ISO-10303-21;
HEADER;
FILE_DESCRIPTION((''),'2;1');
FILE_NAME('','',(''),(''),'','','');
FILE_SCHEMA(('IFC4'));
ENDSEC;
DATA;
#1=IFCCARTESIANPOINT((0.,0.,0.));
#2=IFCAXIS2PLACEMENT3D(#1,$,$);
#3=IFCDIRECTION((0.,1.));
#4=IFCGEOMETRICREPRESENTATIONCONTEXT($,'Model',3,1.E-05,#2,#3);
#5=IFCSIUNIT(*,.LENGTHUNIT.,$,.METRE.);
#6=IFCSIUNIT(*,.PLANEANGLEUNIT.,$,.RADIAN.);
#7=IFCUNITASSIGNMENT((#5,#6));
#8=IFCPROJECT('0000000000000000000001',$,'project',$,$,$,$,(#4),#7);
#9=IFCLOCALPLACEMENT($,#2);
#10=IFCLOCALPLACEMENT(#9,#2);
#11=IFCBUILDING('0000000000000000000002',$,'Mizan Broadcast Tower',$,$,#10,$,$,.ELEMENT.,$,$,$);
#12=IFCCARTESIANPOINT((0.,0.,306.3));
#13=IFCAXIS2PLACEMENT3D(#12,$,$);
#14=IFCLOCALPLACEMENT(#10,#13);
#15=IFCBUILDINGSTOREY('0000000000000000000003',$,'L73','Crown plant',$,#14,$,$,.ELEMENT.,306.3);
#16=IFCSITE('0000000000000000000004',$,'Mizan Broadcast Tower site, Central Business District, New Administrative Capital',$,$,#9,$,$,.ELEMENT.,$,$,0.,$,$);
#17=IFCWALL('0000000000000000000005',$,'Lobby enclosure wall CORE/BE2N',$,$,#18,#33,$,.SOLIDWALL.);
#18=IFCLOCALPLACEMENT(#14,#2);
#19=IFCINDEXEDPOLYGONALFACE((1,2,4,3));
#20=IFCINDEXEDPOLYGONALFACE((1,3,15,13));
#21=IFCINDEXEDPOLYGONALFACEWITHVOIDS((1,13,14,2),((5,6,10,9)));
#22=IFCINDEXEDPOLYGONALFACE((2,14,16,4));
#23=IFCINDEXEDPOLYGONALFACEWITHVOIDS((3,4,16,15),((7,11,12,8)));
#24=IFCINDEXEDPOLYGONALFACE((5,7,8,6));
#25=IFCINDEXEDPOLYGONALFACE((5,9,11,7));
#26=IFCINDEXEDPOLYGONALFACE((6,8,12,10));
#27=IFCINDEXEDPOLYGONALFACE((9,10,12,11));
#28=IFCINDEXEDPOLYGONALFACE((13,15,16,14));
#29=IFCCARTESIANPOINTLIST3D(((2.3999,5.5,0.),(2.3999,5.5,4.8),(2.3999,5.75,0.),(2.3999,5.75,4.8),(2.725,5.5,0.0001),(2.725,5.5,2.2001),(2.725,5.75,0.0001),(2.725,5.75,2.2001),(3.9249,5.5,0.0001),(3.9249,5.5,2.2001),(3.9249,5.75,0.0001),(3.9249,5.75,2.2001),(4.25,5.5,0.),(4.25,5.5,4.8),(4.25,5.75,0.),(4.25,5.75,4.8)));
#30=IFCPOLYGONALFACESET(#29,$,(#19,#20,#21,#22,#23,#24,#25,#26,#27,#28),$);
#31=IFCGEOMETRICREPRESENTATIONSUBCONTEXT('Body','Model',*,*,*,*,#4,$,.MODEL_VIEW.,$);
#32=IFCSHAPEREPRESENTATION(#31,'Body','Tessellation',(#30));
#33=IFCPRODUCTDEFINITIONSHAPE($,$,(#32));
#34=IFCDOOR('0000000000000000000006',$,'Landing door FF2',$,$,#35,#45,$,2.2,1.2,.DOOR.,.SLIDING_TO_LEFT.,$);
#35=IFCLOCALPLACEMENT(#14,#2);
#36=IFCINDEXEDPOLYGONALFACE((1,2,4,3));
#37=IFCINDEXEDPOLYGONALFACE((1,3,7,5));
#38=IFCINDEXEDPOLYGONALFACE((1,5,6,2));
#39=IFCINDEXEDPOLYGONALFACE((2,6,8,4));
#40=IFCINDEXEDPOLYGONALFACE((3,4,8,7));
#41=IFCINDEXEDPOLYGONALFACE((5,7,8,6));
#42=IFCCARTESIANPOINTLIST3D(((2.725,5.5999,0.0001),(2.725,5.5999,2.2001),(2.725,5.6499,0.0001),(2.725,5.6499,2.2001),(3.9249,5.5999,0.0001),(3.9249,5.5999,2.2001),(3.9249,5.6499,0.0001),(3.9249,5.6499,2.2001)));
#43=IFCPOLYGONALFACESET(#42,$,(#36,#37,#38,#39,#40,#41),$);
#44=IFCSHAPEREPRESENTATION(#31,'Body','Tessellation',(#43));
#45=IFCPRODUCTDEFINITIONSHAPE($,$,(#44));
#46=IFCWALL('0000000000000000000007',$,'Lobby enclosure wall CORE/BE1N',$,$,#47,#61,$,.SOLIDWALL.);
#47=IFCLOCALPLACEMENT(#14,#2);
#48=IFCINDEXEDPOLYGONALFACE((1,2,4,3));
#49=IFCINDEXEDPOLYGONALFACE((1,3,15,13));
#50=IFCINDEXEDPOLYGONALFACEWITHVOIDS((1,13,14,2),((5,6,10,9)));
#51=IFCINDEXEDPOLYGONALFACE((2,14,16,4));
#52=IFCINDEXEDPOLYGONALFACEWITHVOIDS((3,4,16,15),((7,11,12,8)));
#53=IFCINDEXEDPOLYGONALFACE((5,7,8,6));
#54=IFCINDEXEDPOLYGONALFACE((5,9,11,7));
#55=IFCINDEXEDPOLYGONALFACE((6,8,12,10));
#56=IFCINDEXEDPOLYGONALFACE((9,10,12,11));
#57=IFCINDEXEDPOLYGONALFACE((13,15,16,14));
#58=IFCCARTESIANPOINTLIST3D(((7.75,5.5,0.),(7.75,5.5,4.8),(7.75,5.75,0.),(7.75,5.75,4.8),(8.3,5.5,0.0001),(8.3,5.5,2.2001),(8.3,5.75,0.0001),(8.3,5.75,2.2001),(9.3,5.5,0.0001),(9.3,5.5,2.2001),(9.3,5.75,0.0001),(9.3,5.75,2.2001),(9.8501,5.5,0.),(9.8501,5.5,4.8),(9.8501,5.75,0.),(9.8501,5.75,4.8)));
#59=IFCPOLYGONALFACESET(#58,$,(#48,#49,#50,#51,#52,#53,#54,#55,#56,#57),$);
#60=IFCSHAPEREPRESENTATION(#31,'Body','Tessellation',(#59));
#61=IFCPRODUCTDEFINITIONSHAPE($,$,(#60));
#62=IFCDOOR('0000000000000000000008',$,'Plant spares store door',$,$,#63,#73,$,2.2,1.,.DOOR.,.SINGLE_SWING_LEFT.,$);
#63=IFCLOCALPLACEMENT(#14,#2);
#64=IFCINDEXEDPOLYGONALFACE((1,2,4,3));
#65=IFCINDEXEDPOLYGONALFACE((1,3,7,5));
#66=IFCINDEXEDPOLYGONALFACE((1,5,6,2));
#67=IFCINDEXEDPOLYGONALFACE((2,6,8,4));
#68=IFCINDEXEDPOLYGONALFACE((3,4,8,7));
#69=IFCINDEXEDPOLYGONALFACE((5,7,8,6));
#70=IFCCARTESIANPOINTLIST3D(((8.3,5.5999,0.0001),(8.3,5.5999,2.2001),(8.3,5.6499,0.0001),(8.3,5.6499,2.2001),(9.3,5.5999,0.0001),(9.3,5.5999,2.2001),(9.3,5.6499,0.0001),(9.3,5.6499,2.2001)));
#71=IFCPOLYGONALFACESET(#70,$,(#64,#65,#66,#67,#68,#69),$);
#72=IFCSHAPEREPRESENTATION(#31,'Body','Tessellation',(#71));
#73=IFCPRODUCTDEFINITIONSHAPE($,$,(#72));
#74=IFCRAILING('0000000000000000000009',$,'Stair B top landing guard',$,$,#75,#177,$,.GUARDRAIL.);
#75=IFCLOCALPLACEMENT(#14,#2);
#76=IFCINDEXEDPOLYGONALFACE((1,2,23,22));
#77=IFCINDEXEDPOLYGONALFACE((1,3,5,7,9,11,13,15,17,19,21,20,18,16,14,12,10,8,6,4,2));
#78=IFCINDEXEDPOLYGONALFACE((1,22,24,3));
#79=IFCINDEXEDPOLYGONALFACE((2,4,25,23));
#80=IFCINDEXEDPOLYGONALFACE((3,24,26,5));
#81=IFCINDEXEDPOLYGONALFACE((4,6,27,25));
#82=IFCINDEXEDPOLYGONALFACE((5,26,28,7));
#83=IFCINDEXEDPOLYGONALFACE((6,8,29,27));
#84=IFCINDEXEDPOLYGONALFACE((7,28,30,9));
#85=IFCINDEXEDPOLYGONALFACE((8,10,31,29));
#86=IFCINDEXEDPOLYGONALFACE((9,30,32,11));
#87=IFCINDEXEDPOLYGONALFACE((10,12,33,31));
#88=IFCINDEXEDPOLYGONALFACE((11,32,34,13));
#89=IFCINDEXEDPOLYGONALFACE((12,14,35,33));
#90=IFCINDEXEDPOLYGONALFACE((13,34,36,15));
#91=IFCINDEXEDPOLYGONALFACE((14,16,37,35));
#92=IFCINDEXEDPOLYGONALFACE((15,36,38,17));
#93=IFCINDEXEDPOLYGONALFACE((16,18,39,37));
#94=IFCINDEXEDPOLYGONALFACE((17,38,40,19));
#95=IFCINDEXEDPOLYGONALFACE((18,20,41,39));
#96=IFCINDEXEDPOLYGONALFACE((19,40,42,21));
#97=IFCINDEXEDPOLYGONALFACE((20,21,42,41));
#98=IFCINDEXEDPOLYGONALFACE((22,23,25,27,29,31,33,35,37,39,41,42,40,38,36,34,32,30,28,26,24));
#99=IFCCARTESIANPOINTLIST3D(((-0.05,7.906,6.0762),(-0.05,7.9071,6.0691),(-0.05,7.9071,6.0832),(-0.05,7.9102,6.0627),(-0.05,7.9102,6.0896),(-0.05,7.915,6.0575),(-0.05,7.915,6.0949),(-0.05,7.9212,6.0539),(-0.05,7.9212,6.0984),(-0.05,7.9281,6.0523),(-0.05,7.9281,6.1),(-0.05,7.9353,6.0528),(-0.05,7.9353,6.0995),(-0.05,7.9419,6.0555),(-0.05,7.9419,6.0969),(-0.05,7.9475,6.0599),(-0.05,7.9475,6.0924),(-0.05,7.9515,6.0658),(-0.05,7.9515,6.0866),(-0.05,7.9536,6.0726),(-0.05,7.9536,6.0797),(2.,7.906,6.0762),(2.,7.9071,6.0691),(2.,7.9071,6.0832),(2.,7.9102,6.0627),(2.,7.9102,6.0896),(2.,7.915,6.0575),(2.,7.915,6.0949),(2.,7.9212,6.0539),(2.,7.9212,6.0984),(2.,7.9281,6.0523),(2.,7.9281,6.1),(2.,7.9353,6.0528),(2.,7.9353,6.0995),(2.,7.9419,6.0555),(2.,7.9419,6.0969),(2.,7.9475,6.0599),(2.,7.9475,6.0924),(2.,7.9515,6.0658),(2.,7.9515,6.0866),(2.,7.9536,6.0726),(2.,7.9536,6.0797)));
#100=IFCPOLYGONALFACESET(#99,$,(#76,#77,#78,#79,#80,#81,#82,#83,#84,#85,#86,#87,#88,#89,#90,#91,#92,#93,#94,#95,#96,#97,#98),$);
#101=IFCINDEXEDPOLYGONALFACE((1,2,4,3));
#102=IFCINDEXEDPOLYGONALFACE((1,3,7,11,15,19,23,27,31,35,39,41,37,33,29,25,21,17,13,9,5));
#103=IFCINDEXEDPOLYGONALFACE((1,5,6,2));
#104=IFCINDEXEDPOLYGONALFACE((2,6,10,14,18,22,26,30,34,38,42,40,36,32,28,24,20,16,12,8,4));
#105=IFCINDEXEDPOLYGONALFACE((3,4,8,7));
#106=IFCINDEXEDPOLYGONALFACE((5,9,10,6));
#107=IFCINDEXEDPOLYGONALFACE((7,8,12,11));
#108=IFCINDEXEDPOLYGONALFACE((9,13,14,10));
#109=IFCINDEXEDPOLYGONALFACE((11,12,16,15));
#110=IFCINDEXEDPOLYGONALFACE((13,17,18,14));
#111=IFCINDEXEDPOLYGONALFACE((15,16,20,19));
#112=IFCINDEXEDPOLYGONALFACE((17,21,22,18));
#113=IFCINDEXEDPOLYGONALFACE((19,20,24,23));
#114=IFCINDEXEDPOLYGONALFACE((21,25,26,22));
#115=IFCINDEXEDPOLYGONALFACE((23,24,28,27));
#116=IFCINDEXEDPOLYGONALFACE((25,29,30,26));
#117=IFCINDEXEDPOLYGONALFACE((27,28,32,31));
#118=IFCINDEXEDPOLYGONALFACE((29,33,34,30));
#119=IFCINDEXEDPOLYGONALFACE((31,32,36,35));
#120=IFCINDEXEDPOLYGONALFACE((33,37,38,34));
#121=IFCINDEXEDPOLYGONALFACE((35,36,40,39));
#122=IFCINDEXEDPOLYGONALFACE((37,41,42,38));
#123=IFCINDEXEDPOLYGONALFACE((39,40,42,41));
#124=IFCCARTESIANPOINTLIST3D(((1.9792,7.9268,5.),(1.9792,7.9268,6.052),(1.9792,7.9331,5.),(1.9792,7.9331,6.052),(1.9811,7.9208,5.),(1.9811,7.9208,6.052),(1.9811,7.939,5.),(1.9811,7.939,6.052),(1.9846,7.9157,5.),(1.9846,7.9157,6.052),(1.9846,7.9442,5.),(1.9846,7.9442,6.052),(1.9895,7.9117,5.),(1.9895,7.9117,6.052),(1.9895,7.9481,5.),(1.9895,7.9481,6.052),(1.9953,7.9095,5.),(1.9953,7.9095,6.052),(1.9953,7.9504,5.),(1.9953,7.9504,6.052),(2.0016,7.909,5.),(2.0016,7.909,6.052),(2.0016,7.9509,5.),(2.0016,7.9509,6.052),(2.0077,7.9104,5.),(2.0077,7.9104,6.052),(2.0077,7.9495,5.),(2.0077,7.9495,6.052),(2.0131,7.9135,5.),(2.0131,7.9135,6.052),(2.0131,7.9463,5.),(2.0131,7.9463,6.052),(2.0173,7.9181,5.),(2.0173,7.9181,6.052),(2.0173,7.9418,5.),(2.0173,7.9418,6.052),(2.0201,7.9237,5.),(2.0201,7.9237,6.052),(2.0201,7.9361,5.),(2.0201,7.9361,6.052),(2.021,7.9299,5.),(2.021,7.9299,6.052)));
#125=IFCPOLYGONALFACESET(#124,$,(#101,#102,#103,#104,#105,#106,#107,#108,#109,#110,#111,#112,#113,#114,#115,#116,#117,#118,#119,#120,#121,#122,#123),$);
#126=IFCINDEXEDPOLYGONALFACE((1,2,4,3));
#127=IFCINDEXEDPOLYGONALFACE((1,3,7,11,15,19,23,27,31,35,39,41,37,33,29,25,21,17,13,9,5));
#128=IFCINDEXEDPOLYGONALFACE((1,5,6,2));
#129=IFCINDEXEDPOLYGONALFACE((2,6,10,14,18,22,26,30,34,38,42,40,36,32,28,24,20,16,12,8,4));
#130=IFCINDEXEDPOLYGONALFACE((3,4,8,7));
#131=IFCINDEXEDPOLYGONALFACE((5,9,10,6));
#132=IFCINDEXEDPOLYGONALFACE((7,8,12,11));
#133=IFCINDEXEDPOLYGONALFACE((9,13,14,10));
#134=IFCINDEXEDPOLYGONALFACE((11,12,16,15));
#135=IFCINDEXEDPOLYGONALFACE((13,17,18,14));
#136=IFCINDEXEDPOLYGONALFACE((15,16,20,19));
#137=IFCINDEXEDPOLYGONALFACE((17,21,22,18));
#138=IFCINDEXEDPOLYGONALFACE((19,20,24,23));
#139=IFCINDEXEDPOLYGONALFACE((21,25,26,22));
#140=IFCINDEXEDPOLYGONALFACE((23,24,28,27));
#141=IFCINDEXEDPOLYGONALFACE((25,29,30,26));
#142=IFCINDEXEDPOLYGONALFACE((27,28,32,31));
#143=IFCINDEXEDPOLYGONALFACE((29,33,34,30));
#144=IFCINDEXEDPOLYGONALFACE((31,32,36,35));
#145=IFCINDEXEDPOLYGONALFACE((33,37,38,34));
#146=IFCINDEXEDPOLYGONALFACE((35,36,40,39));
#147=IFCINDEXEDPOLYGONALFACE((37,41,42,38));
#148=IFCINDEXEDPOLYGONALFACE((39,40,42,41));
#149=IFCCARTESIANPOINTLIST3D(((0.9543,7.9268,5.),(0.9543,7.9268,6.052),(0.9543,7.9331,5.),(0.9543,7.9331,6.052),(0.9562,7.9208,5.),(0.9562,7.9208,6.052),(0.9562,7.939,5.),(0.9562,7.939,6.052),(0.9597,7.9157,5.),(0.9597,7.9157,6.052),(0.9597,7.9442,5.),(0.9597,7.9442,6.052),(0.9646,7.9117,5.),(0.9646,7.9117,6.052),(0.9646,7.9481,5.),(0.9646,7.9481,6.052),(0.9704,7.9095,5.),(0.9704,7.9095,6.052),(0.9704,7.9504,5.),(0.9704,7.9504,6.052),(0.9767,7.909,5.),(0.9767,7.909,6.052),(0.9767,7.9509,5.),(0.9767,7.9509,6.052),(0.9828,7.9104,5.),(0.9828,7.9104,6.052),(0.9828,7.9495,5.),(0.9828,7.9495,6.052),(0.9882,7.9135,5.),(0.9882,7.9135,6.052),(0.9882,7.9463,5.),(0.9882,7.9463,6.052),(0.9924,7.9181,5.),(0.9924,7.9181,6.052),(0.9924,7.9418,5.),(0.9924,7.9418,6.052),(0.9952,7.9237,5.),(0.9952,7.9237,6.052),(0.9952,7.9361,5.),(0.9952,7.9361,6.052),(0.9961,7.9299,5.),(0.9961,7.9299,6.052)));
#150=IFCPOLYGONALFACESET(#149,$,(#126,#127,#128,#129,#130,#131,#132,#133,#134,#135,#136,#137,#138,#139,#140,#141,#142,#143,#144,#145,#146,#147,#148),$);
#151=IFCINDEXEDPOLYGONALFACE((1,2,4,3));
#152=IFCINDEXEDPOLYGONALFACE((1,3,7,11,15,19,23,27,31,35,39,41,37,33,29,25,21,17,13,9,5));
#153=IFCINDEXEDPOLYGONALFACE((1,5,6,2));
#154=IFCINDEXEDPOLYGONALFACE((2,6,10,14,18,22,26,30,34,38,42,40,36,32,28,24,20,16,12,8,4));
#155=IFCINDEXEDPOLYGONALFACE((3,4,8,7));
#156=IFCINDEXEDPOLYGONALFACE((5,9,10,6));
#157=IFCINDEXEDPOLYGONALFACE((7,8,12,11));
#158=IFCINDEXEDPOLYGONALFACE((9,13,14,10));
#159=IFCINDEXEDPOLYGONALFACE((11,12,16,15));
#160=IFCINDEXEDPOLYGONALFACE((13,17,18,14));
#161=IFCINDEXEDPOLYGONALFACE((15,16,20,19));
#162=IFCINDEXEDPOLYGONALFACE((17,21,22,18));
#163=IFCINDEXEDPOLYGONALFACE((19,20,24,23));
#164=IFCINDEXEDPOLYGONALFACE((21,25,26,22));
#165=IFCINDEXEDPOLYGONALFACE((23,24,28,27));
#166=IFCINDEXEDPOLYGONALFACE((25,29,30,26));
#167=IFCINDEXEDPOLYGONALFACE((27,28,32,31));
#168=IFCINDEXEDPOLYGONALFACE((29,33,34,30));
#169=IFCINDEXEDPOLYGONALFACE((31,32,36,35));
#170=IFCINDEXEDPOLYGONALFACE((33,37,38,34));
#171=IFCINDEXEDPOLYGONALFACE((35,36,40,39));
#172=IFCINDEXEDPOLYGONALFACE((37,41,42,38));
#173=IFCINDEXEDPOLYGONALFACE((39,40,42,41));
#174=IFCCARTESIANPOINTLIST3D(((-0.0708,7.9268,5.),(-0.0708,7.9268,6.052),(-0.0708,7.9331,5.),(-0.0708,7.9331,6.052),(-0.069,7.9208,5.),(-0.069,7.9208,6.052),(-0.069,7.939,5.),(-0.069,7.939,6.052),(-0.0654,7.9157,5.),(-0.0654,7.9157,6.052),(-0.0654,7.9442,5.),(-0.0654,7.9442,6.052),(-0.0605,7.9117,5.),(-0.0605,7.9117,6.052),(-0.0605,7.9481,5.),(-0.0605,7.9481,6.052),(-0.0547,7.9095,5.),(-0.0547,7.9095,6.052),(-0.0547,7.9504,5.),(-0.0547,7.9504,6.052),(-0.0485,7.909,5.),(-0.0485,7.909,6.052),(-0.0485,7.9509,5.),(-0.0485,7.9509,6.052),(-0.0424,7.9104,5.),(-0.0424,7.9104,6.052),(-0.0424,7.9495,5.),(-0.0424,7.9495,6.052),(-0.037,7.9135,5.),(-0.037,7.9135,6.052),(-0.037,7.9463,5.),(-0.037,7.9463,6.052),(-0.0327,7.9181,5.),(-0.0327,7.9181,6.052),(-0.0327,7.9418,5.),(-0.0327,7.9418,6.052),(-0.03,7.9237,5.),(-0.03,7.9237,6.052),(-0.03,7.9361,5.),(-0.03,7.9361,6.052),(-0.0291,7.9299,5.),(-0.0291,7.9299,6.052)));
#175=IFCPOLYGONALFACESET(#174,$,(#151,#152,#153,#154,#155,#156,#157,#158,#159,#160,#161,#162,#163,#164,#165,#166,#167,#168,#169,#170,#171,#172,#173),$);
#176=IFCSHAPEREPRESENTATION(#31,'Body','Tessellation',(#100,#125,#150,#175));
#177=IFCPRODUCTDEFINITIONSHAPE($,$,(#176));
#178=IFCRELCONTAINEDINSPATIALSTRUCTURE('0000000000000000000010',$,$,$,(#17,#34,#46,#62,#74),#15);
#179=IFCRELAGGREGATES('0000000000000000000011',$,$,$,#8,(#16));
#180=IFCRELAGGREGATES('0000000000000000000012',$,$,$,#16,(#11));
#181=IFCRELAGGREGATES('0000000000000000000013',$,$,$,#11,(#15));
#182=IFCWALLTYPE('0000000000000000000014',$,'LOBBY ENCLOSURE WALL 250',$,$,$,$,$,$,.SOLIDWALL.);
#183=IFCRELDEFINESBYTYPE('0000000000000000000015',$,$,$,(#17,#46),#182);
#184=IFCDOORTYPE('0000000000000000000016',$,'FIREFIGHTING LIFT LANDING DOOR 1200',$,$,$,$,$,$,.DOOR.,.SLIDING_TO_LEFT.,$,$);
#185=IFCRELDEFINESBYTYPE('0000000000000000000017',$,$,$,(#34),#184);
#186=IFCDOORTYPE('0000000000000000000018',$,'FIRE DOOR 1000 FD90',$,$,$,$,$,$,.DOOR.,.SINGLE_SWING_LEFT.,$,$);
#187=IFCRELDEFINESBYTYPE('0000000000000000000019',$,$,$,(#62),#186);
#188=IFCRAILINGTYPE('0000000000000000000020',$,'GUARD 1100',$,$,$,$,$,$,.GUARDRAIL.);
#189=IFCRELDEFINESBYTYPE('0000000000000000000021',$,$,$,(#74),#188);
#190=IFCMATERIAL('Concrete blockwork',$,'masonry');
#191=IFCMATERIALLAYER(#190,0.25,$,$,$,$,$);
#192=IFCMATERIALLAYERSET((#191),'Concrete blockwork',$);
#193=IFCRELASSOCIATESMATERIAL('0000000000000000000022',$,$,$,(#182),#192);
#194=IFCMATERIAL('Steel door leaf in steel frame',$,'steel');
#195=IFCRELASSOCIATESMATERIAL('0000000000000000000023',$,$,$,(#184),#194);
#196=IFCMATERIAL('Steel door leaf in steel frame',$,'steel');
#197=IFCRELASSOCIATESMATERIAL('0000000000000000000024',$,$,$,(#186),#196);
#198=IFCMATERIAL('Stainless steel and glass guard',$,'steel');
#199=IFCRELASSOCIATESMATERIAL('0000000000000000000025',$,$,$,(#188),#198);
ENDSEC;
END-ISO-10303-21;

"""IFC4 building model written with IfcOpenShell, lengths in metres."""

from ifc_helpers import new_model, si_unit, direction, frame, frame_2d, origin, origin_2d, place, context, subcontext, project, spatial, rectangle, circle, extrude, material, layer, layer_set, type_object, element, fill, save


model = new_model("IFC4")

# Units and contexts
model_context = context("Model", 3, precision=1e-05, world=origin(), true_north=direction((0.0, 1.0)))
body_context = subcontext(model_context, "Body", "Model", "MODEL_VIEW")
ifc_project = project(units=[si_unit("LENGTHUNIT", "METRE"), si_unit("PLANEANGLEUNIT", "RADIAN")], contexts=[model_context])

# Site, building, storey
site_placement = place(None, origin())
site = spatial("IfcSite", under=ifc_project, at=site_placement, Name="Mizan Broadcast Tower site, Central Business District, New Administrative Capital", CompositionType="ELEMENT", RefElevation=0.0)
building_placement = place(site_placement, origin())
building = spatial("IfcBuilding", under=site, at=building_placement, Name="Mizan Broadcast Tower", CompositionType="ELEMENT")
storey_placement = place(building_placement, frame((0.0, 0.0, 306.3)))
storey = spatial("IfcBuildingStorey", under=building, at=storey_placement, Name="L73", Description="Crown plant", CompositionType="ELEMENT", Elevation=306.3)

# Walls, openings, doors
ifc_material_1 = material(Name="Concrete blockwork", Category="masonry")
ifc_layer_1 = layer(ifc_material_1, 0.25)
ifc_layer_set_1 = layer_set([ifc_layer_1], Name="Concrete blockwork")
wall_type_1 = type_object("IfcWallType", Name="LOBBY ENCLOSURE WALL 250", PredefinedType="SOLIDWALL", material=ifc_layer_set_1)
wall_1_placement = place(storey_placement, frame((2.3999, 5.625, 0.0), z_axis=(0.0, 0.0, 1.0), x_axis=(1.0, 0.0, 0.0)))
wall_1 = element("IfcWall", 1, at=wall_1_placement, inside=storey, type_object=wall_type_1, Name="Lobby enclosure wall CORE/BE2N", PredefinedType="SOLIDWALL", context=body_context, shape_type="SweptSolid", body=[
    extrude(rectangle(XDim=1.8501, YDim=0.25, at=frame_2d((0.925, 0.0))), origin(), (0.0, 0.0, 1.0), 4.8),
])
opening_1_placement = place(wall_1_placement, frame((0.325, 0.0, 0.0)))
opening_1 = element("IfcOpeningElement", 2, at=opening_1_placement, cuts=wall_1, PredefinedType="OPENING", context=body_context, shape_type="SweptSolid", body=[
    extrude(rectangle(XDim=1.2, YDim=2.2, at=frame_2d((0.6001, 1.1001))), frame((0.0, 0.135, 0.0), z_axis=(0.0, -1.0, 0.0), x_axis=(1.0, 0.0, 0.0)), (0.0, 0.0, 1.0), 0.27),
])
ifc_material_2 = material(Name="Steel door leaf in steel frame", Category="steel")
door_type_1 = type_object("IfcDoorType", Name="FIREFIGHTING LIFT LANDING DOOR 1200", OperationType="SLIDING_TO_LEFT", PredefinedType="DOOR", material=ifc_material_2)
door_1_placement = place(opening_1_placement, origin())
door_1 = element("IfcDoor", 3, at=door_1_placement, inside=storey, type_object=door_type_1, Name="Landing door FF2", OperationType="SLIDING_TO_LEFT", OverallHeight=2.2, OverallWidth=1.2, PredefinedType="DOOR", context=body_context, shape_type="SweptSolid", body=[
    extrude(rectangle(XDim=1.2, YDim=2.2, at=frame_2d((0.6001, 1.1001))), frame((0.0, 0.0249, 0.0), z_axis=(0.0, -1.0, 0.0), x_axis=(1.0, 0.0, 0.0)), (0.0, 0.0, 1.0), 0.05),
])
fill(opening_1, door_1)
wall_2_placement = place(storey_placement, frame((7.75, 5.625, 0.0), z_axis=(0.0, 0.0, 1.0), x_axis=(1.0, 0.0, 0.0)))
wall_2 = element("IfcWall", 4, at=wall_2_placement, inside=storey, type_object=wall_type_1, Name="Lobby enclosure wall CORE/BE1N", PredefinedType="SOLIDWALL", context=body_context, shape_type="SweptSolid", body=[
    extrude(rectangle(XDim=2.1001, YDim=0.25, at=frame_2d((1.05, 0.0))), origin(), (0.0, 0.0, 1.0), 4.8),
])
opening_2_placement = place(wall_2_placement, frame((0.55, 0.0, 0.0)))
opening_2 = element("IfcOpeningElement", 5, at=opening_2_placement, cuts=wall_2, PredefinedType="OPENING", context=body_context, shape_type="SweptSolid", body=[
    extrude(rectangle(XDim=1.0, YDim=2.2, at=frame_2d((0.5, 1.1001))), frame((0.0, 0.135, 0.0), z_axis=(0.0, -1.0, 0.0), x_axis=(1.0, 0.0, 0.0)), (0.0, 0.0, 1.0), 0.27),
])
ifc_material_3 = material(Name="Steel door leaf in steel frame", Category="steel")
door_type_2 = type_object("IfcDoorType", Name="FIRE DOOR 1000 FD90", OperationType="SINGLE_SWING_LEFT", PredefinedType="DOOR", material=ifc_material_3)
door_2_placement = place(opening_2_placement, origin())
door_2 = element("IfcDoor", 6, at=door_2_placement, inside=storey, type_object=door_type_2, Name="Plant spares store door", OperationType="SINGLE_SWING_LEFT", OverallHeight=2.2, OverallWidth=1.0, PredefinedType="DOOR", context=body_context, shape_type="SweptSolid", body=[
    extrude(rectangle(XDim=1.0, YDim=2.2, at=frame_2d((0.5, 1.1001))), frame((0.0, 0.0249, 0.0), z_axis=(0.0, -1.0, 0.0), x_axis=(1.0, 0.0, 0.0)), (0.0, 0.0, 1.0), 0.05),
])
fill(opening_2, door_2)

# Railing
ifc_material_4 = material(Name="Stainless steel and glass guard", Category="steel")
railing_type_1 = type_object("IfcRailingType", Name="GUARD 1100", PredefinedType="GUARDRAIL", material=ifc_material_4)
railing_1_placement = place(storey_placement, frame((2.0, 7.9299, 5.0)))
element("IfcRailing", 7, at=railing_1_placement, inside=storey, type_object=railing_type_1, Name="Stair B top landing guard", PredefinedType="GUARDRAIL", context=body_context, shape_type="SweptSolid", body=[
    extrude(circle(Radius=0.0239, at=origin_2d()), frame((0.0, 0.0, 1.0762), z_axis=(-1.0, 0.0, 0.0), x_axis=(0.0, -1.0, 0.0)), (0.0, 0.0, 1.0), 2.05),
    extrude(circle(Radius=0.021, at=origin_2d()), origin(), (0.0, 0.0, 1.0), 1.052),
    extrude(circle(Radius=0.021, at=origin_2d()), frame((-1.0249, 0.0, 0.0)), (0.0, 0.0, 1.0), 1.052),
    extrude(circle(Radius=0.021, at=origin_2d()), frame((-2.05, 0.0, 0.0)), (0.0, 0.0, 1.0), 1.052),
])

save(model, "model.ifc")
